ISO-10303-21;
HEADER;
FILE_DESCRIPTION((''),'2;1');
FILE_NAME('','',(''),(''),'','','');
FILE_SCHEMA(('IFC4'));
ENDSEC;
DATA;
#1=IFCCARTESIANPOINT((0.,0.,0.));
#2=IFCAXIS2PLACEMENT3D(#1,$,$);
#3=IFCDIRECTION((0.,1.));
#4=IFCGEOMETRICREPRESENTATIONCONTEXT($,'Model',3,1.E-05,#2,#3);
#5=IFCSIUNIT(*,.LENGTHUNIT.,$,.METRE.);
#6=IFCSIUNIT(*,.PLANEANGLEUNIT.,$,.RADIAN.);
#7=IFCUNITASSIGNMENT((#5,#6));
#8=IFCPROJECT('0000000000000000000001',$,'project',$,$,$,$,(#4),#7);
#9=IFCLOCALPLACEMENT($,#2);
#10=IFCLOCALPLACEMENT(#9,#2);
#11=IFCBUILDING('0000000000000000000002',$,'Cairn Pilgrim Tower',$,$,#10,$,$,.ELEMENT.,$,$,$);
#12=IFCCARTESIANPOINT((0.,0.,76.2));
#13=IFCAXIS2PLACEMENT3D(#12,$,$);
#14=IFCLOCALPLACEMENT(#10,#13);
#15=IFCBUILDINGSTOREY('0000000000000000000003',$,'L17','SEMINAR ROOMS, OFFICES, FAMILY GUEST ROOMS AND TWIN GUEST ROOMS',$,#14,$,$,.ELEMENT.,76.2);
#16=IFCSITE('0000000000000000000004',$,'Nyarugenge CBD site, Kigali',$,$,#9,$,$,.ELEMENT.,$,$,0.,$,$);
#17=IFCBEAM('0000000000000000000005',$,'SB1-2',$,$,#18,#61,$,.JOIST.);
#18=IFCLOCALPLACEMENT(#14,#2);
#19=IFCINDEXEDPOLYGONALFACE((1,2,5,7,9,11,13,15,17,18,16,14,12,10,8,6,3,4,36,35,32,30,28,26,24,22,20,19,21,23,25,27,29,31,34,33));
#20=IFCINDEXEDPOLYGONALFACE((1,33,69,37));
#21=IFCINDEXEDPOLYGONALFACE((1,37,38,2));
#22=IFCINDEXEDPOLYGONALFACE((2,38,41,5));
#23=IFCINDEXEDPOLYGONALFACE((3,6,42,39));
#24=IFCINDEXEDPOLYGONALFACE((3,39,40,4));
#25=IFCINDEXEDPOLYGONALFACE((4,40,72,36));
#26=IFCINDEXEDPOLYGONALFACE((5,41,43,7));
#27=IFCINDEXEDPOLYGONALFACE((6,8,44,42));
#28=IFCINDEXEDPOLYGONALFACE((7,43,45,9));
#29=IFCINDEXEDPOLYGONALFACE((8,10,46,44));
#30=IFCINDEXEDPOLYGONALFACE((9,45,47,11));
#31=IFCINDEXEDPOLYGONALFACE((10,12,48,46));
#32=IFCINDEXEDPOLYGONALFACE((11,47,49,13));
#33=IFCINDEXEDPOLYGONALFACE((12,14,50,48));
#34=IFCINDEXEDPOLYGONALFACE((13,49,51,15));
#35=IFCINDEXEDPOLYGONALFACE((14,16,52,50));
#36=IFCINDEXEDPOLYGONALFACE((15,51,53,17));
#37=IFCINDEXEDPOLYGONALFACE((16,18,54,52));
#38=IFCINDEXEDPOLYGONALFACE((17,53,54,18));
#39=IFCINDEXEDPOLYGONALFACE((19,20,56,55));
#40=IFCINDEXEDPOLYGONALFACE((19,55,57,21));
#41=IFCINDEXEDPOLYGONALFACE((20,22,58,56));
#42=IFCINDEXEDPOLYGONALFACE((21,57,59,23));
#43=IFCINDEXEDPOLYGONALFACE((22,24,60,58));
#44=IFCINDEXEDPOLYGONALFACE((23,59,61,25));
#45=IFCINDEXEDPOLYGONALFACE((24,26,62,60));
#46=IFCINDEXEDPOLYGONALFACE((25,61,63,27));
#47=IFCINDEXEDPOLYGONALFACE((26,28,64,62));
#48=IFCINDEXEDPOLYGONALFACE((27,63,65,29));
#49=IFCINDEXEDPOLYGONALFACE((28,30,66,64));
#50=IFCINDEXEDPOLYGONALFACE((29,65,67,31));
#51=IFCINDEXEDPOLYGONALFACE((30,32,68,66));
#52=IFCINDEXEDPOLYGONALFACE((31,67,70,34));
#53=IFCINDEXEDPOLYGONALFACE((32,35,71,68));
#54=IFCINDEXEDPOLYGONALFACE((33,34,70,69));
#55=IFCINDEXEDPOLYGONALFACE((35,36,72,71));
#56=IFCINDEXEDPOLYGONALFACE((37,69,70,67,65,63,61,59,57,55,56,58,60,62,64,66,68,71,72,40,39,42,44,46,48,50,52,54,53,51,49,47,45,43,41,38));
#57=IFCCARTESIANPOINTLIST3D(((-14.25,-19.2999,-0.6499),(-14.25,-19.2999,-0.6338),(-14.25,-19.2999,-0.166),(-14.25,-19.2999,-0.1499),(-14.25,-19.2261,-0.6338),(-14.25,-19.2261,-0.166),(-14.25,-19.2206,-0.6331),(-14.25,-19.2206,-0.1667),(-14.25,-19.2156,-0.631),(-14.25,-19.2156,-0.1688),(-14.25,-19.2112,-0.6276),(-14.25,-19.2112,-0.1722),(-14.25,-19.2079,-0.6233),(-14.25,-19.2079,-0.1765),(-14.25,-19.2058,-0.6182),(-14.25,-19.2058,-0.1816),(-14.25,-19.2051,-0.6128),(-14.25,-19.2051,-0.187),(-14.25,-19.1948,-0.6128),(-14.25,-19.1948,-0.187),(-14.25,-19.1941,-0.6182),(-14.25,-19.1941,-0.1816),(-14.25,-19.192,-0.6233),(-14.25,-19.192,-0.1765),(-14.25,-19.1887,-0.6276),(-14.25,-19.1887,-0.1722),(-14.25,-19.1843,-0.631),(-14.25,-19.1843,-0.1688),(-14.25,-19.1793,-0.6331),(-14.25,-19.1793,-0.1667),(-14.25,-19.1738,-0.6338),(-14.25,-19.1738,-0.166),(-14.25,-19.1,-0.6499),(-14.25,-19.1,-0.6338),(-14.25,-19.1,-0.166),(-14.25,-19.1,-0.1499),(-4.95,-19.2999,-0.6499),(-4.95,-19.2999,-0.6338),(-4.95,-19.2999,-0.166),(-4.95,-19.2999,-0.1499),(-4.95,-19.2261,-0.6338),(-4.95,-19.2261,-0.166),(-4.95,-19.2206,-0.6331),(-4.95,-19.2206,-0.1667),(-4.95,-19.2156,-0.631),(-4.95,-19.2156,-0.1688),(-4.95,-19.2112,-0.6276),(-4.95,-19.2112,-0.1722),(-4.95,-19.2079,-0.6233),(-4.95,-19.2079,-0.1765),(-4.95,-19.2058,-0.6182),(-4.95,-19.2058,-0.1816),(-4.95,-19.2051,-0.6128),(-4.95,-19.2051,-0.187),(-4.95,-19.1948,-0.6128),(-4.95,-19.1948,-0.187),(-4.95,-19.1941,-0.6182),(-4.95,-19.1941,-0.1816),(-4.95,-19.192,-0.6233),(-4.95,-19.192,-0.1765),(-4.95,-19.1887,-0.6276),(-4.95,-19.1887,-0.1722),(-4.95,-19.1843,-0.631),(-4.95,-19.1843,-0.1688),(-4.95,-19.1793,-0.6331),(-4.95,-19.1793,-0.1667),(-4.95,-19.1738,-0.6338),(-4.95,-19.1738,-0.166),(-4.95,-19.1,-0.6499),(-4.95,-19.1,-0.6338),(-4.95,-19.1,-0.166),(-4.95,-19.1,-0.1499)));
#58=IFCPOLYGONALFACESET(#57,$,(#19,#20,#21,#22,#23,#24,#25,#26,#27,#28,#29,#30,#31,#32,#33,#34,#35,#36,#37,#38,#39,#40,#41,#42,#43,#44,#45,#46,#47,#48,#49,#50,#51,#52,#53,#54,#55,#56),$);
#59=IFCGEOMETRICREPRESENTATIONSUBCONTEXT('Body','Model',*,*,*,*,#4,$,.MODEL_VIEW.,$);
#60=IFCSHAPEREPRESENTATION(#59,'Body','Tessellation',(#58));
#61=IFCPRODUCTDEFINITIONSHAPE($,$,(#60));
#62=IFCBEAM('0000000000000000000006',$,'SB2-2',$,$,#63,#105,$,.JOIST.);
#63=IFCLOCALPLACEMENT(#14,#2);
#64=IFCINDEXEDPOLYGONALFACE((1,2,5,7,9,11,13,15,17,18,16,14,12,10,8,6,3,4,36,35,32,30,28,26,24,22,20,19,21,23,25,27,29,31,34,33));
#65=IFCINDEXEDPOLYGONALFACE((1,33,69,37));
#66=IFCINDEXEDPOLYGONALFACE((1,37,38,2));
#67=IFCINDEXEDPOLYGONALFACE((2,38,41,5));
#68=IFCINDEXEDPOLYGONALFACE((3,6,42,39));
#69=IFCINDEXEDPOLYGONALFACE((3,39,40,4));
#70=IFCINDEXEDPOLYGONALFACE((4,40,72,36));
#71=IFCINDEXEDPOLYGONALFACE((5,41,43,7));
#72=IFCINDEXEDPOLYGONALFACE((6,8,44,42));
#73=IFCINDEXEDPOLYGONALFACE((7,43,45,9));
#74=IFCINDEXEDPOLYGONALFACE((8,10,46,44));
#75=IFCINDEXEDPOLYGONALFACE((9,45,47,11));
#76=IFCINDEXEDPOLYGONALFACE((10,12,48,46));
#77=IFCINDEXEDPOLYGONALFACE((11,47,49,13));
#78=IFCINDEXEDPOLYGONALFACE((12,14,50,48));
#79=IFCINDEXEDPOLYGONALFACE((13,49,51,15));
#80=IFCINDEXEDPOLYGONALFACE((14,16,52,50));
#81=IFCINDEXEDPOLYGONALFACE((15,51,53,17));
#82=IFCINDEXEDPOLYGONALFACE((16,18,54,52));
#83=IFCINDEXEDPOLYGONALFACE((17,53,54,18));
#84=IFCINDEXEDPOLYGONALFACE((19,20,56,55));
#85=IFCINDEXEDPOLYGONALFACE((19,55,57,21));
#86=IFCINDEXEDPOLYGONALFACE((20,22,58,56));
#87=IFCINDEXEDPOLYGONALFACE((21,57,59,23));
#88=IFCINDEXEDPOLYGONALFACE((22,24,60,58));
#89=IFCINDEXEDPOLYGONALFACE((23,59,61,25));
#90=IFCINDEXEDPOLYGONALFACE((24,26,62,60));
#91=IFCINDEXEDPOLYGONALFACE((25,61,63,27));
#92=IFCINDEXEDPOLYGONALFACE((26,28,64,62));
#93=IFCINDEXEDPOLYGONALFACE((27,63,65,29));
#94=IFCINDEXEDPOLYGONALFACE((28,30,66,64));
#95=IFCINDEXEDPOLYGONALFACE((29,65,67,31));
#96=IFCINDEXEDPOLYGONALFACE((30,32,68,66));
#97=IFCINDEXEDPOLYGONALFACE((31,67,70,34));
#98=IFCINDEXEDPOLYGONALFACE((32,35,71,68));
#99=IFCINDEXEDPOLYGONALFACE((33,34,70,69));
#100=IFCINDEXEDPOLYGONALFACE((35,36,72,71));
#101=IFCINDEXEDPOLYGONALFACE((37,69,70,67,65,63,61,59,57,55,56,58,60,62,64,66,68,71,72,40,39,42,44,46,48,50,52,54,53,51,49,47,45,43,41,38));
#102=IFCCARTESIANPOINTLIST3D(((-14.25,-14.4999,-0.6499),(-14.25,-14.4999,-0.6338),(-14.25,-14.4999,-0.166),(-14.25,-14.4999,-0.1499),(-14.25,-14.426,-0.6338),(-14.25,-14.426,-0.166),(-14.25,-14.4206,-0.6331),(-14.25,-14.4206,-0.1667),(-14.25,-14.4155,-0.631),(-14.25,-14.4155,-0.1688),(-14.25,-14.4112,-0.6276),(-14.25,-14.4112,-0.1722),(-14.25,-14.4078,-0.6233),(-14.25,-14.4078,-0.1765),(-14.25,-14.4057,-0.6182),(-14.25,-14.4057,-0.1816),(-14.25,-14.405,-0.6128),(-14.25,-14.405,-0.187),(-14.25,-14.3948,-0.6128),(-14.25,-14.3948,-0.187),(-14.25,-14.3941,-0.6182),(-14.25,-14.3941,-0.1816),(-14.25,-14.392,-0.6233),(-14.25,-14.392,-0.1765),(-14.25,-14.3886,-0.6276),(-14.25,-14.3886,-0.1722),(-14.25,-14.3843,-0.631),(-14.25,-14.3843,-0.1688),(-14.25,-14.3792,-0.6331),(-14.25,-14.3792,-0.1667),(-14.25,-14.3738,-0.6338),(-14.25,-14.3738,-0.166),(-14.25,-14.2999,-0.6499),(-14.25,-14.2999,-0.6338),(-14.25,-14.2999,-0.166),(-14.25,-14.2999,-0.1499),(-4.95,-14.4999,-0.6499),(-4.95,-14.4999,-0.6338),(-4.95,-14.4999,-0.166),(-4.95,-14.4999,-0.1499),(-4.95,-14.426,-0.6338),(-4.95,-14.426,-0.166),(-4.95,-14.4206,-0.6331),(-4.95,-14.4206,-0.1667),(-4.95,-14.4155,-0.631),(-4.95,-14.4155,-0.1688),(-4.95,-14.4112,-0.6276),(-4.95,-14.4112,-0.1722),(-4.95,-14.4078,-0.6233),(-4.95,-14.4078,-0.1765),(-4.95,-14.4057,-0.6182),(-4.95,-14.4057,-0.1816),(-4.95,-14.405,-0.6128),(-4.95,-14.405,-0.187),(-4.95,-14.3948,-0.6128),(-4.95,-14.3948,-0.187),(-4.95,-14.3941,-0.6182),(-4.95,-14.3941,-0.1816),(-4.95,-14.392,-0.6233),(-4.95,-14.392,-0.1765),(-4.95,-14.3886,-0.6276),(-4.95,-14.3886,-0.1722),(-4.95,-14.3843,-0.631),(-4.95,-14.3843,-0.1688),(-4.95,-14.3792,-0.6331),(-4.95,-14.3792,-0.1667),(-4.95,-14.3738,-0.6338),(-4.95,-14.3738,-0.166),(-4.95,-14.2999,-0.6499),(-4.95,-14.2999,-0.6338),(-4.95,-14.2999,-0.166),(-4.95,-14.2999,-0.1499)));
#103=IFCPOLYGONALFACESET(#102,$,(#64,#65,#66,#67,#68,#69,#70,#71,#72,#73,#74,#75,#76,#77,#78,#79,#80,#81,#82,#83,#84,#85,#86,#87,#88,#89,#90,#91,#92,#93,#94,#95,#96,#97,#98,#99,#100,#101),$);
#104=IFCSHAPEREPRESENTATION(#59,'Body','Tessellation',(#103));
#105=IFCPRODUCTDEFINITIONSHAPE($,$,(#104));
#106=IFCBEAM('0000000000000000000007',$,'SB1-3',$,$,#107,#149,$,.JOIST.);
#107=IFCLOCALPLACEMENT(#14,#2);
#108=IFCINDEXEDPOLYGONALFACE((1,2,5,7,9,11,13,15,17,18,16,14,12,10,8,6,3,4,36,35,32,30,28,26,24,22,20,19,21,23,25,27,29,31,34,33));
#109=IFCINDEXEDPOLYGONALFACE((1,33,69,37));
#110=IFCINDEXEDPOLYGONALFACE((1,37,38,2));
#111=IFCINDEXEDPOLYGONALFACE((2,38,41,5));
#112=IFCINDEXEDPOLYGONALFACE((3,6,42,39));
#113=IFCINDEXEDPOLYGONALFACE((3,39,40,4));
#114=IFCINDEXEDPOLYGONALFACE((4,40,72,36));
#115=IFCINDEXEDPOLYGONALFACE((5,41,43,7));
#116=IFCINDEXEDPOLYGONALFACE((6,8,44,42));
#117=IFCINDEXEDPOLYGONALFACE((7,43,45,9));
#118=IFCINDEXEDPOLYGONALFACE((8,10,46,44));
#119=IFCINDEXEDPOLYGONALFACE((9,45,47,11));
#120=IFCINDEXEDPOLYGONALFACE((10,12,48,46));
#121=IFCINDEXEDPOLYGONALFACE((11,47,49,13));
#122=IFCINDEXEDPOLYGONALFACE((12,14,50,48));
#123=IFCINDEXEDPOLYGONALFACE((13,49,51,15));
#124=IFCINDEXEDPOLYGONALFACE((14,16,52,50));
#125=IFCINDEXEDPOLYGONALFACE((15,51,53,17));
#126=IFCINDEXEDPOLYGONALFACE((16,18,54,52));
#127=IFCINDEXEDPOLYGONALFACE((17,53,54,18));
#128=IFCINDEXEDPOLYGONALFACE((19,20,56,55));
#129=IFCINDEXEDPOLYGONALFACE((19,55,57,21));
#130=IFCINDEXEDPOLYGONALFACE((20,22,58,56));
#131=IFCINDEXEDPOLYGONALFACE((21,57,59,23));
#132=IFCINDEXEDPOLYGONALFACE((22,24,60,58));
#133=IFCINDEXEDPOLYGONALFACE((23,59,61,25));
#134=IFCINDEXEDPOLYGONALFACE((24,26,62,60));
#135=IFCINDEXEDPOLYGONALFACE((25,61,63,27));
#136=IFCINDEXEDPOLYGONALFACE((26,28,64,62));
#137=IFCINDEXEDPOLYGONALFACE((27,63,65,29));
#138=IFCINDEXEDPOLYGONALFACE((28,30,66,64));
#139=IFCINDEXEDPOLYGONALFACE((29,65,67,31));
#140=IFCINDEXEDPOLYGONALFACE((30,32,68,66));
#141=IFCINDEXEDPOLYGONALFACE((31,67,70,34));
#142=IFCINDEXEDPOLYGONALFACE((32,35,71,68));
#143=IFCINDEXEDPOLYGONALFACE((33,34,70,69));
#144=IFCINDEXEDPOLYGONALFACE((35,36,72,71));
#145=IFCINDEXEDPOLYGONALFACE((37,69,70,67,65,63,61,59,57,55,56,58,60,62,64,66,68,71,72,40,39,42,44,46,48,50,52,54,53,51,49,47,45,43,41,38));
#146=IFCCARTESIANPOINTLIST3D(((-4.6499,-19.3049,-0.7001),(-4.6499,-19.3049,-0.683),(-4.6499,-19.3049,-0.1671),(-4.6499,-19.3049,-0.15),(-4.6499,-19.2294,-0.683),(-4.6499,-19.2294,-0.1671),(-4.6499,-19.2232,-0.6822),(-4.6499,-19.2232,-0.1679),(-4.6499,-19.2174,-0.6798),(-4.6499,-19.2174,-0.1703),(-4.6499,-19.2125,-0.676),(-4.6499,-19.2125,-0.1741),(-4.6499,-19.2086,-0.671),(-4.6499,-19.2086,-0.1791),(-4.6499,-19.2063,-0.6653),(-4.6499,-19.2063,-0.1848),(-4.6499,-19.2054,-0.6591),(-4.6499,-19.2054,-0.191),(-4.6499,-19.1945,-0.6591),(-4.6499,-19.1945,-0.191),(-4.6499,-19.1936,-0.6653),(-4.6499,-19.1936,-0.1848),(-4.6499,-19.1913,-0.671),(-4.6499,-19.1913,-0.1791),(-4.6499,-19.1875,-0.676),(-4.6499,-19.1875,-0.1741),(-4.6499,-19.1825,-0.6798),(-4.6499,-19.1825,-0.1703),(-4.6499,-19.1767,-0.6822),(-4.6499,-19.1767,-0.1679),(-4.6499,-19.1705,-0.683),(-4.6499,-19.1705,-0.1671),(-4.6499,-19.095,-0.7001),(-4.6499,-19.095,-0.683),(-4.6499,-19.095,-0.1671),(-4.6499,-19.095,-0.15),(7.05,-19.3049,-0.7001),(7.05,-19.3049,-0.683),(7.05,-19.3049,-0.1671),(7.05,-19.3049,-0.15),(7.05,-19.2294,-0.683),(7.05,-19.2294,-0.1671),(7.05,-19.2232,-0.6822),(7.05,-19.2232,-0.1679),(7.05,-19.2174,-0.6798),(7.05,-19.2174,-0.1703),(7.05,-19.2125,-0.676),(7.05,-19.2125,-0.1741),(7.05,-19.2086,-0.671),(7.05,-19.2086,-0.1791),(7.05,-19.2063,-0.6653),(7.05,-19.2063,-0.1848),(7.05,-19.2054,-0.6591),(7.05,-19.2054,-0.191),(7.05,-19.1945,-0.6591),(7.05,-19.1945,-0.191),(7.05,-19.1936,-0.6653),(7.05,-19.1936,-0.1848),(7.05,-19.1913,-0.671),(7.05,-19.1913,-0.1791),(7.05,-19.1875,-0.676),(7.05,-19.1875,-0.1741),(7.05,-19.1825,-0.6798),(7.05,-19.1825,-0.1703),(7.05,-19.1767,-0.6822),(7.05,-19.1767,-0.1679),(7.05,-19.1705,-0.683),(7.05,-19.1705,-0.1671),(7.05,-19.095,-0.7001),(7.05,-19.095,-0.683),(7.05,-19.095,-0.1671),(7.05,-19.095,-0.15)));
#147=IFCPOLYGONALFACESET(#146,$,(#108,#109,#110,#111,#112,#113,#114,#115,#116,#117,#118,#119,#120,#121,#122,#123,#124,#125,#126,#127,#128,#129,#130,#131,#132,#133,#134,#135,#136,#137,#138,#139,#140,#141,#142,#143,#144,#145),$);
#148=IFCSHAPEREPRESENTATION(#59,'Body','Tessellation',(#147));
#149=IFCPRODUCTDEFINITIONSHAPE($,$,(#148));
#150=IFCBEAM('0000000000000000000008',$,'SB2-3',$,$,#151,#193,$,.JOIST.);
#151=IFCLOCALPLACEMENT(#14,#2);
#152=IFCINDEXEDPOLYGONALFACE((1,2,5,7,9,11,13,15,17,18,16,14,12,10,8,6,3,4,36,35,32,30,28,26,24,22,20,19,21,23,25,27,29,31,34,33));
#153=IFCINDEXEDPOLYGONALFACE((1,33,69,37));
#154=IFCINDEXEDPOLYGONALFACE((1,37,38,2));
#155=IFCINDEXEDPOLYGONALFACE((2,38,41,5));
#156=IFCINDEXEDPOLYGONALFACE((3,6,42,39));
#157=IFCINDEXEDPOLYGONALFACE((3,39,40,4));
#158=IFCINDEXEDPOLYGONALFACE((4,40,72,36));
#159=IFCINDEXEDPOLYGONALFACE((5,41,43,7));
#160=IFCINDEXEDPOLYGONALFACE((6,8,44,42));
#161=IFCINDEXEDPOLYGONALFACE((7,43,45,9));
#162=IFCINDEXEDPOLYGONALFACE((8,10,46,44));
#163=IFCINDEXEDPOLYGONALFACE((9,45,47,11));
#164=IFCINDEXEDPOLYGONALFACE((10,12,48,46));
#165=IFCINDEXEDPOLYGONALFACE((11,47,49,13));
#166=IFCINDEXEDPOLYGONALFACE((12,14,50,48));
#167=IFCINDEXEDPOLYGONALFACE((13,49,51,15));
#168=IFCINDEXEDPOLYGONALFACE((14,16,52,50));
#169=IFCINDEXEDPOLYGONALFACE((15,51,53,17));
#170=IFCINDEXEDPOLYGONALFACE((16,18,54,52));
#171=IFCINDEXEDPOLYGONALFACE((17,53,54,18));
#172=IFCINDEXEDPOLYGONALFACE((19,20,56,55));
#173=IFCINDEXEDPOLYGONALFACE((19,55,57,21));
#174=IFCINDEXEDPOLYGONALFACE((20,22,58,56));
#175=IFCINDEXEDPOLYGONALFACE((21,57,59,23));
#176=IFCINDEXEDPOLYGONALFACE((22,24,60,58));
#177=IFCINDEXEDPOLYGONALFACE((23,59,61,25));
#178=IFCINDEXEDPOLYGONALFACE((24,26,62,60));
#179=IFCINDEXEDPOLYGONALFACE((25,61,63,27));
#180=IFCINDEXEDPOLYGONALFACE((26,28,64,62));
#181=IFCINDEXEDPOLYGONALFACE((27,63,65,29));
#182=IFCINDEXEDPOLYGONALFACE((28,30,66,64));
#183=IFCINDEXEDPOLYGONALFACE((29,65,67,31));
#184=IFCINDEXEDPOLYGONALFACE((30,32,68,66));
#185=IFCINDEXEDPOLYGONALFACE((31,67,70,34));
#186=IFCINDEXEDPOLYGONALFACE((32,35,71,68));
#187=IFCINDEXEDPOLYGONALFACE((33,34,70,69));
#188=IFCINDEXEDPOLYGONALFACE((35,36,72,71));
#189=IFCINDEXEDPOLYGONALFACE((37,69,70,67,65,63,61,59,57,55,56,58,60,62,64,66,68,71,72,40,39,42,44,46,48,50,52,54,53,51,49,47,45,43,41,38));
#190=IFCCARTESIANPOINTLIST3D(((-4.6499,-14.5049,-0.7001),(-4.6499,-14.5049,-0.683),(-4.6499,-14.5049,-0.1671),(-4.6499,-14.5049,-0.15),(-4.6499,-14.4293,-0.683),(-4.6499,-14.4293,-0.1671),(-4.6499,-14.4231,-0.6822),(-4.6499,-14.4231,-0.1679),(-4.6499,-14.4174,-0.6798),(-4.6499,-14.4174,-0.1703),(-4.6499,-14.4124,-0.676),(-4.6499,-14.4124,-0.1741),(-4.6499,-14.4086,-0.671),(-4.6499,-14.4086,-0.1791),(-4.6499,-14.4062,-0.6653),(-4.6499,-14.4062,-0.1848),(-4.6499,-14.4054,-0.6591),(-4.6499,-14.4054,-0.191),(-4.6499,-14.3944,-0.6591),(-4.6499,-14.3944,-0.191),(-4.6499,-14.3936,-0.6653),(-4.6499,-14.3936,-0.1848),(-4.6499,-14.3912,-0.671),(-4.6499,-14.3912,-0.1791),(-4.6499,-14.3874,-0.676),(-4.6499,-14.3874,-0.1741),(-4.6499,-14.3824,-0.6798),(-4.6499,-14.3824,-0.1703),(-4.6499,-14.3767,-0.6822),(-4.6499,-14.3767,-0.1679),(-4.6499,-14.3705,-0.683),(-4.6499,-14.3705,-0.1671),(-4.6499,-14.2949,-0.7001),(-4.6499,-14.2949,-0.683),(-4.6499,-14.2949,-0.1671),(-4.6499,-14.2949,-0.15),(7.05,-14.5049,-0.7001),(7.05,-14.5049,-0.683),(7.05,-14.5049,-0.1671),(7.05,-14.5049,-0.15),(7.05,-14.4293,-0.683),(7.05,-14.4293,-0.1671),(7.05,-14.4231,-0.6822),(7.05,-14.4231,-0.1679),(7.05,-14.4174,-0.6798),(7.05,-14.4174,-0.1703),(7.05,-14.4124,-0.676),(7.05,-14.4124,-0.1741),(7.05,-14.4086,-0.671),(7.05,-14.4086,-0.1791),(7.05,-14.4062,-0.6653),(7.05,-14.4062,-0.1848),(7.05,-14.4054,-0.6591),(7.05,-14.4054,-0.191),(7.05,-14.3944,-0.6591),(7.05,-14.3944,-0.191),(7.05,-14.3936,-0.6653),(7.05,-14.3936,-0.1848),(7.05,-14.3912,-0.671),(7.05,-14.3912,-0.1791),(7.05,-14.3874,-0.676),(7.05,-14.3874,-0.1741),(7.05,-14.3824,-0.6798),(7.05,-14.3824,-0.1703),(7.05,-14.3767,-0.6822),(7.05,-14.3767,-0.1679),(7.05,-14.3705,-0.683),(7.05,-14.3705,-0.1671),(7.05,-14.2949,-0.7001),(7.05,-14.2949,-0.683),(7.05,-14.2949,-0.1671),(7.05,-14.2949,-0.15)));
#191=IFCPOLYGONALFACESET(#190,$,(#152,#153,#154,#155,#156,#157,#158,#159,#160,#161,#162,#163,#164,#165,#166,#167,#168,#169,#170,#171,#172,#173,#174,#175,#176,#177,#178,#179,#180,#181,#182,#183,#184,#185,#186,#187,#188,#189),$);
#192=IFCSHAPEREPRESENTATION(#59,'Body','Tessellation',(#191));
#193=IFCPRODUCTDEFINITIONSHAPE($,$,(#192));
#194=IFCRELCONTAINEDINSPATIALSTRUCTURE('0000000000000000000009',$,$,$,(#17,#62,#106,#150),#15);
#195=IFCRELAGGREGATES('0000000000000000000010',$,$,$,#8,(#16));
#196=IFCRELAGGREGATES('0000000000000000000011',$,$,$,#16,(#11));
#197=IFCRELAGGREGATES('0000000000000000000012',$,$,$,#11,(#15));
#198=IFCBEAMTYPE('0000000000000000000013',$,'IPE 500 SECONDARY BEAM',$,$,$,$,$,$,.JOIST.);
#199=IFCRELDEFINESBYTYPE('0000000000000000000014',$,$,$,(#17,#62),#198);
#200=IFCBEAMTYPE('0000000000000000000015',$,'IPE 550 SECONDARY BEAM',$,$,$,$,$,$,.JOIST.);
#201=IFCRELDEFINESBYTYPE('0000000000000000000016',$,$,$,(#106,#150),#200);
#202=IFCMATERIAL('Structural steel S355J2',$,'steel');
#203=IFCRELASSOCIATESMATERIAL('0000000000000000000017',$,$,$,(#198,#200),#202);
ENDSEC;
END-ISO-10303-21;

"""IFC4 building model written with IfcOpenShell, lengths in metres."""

from ifc_helpers import new_model, si_unit, direction, frame, origin, origin_2d, place, context, subcontext, project, spatial, i_section, extrude, material, material_profile, profile_set, type_object, element, save


model = new_model("IFC4")

# Units and contexts
model_context = context("Model", 3, precision=1e-05, world=origin(), true_north=direction((0.0, 1.0)))
body_context = subcontext(model_context, "Body", "Model", "MODEL_VIEW")
ifc_project = project(units=[si_unit("LENGTHUNIT", "METRE"), si_unit("PLANEANGLEUNIT", "RADIAN")], contexts=[model_context])

# Site, building, storey
site_placement = place(None, origin())
site = spatial("IfcSite", under=ifc_project, at=site_placement, Name="Nyarugenge CBD site, Kigali", CompositionType="ELEMENT", RefElevation=0.0)
building_placement = place(site_placement, origin())
building = spatial("IfcBuilding", under=site, at=building_placement, Name="Cairn Pilgrim Tower", CompositionType="ELEMENT")
storey_placement = place(building_placement, frame((0.0, 0.0, 76.2)))
storey = spatial("IfcBuildingStorey", under=building, at=storey_placement, Name="L17", Description="SEMINAR ROOMS, OFFICES, FAMILY GUEST ROOMS AND TWIN GUEST ROOMS", CompositionType="ELEMENT", Elevation=76.2)

# Beams
ifc_material_1 = material(Name="Structural steel S355J2", Category="steel")
ifc_material_profile_1 = material_profile(ifc_material_1, i_section(OverallWidth=0.2, OverallDepth=0.5, WebThickness=0.0103, FlangeThickness=0.0161, FilletRadius=0.021, at=origin_2d()), Name="IPE 500")
ifc_profile_set_1 = profile_set([ifc_material_profile_1], Name="Structural steel S355J2")
beam_type_1 = type_object("IfcBeamType", Name="IPE 500 SECONDARY BEAM", PredefinedType="JOIST", material=ifc_profile_set_1)
for number, where, z_axis, x_axis, name in (
    (1, (-14.25, -19.2, -0.3999), (1.0, 0.0, 0.0), (0.0, 1.0, 0.0), "SB1-2"),
    (2, (-14.25, -14.3999, -0.3999), (1.0, 0.0, 0.0), (0.0, 1.0, 0.0), "SB2-2"),
):
    element("IfcBeam", number, at=place(storey_placement, frame(where, z_axis=z_axis, x_axis=x_axis)), inside=storey, type_object=beam_type_1, Name=name, PredefinedType="JOIST", context=body_context, shape_type="SweptSolid", body=[
        extrude(i_section(OverallWidth=0.2, OverallDepth=0.5, WebThickness=0.0103, FlangeThickness=0.0161, FilletRadius=0.021, at=origin_2d()), origin(), (0.0, 0.0, 1.0), 9.3),
    ])
ifc_material_profile_2 = material_profile(ifc_material_1, i_section(OverallWidth=0.21, OverallDepth=0.55, WebThickness=0.011, FlangeThickness=0.0171, FilletRadius=0.0239, at=origin_2d()), Name="IPE 550")
ifc_profile_set_2 = profile_set([ifc_material_profile_2], Name="Structural steel S355J2")
beam_type_2 = type_object("IfcBeamType", Name="IPE 550 SECONDARY BEAM", PredefinedType="JOIST", material=ifc_profile_set_2)
for number, where, z_axis, x_axis, name in (
    (3, (-4.6499, -19.2, -0.425), (1.0, 0.0, 0.0), (0.0, 1.0, 0.0), "SB1-3"),
    (4, (-4.6499, -14.3999, -0.425), (1.0, 0.0, 0.0), (0.0, 1.0, 0.0), "SB2-3"),
):
    element("IfcBeam", number, at=place(storey_placement, frame(where, z_axis=z_axis, x_axis=x_axis)), inside=storey, type_object=beam_type_2, Name=name, PredefinedType="JOIST", context=body_context, shape_type="SweptSolid", body=[
        extrude(i_section(OverallWidth=0.21, OverallDepth=0.55, WebThickness=0.011, FlangeThickness=0.0171, FilletRadius=0.0239, at=origin_2d()), origin(), (0.0, 0.0, 1.0), 11.7),
    ])

save(model, "model.ifc")
